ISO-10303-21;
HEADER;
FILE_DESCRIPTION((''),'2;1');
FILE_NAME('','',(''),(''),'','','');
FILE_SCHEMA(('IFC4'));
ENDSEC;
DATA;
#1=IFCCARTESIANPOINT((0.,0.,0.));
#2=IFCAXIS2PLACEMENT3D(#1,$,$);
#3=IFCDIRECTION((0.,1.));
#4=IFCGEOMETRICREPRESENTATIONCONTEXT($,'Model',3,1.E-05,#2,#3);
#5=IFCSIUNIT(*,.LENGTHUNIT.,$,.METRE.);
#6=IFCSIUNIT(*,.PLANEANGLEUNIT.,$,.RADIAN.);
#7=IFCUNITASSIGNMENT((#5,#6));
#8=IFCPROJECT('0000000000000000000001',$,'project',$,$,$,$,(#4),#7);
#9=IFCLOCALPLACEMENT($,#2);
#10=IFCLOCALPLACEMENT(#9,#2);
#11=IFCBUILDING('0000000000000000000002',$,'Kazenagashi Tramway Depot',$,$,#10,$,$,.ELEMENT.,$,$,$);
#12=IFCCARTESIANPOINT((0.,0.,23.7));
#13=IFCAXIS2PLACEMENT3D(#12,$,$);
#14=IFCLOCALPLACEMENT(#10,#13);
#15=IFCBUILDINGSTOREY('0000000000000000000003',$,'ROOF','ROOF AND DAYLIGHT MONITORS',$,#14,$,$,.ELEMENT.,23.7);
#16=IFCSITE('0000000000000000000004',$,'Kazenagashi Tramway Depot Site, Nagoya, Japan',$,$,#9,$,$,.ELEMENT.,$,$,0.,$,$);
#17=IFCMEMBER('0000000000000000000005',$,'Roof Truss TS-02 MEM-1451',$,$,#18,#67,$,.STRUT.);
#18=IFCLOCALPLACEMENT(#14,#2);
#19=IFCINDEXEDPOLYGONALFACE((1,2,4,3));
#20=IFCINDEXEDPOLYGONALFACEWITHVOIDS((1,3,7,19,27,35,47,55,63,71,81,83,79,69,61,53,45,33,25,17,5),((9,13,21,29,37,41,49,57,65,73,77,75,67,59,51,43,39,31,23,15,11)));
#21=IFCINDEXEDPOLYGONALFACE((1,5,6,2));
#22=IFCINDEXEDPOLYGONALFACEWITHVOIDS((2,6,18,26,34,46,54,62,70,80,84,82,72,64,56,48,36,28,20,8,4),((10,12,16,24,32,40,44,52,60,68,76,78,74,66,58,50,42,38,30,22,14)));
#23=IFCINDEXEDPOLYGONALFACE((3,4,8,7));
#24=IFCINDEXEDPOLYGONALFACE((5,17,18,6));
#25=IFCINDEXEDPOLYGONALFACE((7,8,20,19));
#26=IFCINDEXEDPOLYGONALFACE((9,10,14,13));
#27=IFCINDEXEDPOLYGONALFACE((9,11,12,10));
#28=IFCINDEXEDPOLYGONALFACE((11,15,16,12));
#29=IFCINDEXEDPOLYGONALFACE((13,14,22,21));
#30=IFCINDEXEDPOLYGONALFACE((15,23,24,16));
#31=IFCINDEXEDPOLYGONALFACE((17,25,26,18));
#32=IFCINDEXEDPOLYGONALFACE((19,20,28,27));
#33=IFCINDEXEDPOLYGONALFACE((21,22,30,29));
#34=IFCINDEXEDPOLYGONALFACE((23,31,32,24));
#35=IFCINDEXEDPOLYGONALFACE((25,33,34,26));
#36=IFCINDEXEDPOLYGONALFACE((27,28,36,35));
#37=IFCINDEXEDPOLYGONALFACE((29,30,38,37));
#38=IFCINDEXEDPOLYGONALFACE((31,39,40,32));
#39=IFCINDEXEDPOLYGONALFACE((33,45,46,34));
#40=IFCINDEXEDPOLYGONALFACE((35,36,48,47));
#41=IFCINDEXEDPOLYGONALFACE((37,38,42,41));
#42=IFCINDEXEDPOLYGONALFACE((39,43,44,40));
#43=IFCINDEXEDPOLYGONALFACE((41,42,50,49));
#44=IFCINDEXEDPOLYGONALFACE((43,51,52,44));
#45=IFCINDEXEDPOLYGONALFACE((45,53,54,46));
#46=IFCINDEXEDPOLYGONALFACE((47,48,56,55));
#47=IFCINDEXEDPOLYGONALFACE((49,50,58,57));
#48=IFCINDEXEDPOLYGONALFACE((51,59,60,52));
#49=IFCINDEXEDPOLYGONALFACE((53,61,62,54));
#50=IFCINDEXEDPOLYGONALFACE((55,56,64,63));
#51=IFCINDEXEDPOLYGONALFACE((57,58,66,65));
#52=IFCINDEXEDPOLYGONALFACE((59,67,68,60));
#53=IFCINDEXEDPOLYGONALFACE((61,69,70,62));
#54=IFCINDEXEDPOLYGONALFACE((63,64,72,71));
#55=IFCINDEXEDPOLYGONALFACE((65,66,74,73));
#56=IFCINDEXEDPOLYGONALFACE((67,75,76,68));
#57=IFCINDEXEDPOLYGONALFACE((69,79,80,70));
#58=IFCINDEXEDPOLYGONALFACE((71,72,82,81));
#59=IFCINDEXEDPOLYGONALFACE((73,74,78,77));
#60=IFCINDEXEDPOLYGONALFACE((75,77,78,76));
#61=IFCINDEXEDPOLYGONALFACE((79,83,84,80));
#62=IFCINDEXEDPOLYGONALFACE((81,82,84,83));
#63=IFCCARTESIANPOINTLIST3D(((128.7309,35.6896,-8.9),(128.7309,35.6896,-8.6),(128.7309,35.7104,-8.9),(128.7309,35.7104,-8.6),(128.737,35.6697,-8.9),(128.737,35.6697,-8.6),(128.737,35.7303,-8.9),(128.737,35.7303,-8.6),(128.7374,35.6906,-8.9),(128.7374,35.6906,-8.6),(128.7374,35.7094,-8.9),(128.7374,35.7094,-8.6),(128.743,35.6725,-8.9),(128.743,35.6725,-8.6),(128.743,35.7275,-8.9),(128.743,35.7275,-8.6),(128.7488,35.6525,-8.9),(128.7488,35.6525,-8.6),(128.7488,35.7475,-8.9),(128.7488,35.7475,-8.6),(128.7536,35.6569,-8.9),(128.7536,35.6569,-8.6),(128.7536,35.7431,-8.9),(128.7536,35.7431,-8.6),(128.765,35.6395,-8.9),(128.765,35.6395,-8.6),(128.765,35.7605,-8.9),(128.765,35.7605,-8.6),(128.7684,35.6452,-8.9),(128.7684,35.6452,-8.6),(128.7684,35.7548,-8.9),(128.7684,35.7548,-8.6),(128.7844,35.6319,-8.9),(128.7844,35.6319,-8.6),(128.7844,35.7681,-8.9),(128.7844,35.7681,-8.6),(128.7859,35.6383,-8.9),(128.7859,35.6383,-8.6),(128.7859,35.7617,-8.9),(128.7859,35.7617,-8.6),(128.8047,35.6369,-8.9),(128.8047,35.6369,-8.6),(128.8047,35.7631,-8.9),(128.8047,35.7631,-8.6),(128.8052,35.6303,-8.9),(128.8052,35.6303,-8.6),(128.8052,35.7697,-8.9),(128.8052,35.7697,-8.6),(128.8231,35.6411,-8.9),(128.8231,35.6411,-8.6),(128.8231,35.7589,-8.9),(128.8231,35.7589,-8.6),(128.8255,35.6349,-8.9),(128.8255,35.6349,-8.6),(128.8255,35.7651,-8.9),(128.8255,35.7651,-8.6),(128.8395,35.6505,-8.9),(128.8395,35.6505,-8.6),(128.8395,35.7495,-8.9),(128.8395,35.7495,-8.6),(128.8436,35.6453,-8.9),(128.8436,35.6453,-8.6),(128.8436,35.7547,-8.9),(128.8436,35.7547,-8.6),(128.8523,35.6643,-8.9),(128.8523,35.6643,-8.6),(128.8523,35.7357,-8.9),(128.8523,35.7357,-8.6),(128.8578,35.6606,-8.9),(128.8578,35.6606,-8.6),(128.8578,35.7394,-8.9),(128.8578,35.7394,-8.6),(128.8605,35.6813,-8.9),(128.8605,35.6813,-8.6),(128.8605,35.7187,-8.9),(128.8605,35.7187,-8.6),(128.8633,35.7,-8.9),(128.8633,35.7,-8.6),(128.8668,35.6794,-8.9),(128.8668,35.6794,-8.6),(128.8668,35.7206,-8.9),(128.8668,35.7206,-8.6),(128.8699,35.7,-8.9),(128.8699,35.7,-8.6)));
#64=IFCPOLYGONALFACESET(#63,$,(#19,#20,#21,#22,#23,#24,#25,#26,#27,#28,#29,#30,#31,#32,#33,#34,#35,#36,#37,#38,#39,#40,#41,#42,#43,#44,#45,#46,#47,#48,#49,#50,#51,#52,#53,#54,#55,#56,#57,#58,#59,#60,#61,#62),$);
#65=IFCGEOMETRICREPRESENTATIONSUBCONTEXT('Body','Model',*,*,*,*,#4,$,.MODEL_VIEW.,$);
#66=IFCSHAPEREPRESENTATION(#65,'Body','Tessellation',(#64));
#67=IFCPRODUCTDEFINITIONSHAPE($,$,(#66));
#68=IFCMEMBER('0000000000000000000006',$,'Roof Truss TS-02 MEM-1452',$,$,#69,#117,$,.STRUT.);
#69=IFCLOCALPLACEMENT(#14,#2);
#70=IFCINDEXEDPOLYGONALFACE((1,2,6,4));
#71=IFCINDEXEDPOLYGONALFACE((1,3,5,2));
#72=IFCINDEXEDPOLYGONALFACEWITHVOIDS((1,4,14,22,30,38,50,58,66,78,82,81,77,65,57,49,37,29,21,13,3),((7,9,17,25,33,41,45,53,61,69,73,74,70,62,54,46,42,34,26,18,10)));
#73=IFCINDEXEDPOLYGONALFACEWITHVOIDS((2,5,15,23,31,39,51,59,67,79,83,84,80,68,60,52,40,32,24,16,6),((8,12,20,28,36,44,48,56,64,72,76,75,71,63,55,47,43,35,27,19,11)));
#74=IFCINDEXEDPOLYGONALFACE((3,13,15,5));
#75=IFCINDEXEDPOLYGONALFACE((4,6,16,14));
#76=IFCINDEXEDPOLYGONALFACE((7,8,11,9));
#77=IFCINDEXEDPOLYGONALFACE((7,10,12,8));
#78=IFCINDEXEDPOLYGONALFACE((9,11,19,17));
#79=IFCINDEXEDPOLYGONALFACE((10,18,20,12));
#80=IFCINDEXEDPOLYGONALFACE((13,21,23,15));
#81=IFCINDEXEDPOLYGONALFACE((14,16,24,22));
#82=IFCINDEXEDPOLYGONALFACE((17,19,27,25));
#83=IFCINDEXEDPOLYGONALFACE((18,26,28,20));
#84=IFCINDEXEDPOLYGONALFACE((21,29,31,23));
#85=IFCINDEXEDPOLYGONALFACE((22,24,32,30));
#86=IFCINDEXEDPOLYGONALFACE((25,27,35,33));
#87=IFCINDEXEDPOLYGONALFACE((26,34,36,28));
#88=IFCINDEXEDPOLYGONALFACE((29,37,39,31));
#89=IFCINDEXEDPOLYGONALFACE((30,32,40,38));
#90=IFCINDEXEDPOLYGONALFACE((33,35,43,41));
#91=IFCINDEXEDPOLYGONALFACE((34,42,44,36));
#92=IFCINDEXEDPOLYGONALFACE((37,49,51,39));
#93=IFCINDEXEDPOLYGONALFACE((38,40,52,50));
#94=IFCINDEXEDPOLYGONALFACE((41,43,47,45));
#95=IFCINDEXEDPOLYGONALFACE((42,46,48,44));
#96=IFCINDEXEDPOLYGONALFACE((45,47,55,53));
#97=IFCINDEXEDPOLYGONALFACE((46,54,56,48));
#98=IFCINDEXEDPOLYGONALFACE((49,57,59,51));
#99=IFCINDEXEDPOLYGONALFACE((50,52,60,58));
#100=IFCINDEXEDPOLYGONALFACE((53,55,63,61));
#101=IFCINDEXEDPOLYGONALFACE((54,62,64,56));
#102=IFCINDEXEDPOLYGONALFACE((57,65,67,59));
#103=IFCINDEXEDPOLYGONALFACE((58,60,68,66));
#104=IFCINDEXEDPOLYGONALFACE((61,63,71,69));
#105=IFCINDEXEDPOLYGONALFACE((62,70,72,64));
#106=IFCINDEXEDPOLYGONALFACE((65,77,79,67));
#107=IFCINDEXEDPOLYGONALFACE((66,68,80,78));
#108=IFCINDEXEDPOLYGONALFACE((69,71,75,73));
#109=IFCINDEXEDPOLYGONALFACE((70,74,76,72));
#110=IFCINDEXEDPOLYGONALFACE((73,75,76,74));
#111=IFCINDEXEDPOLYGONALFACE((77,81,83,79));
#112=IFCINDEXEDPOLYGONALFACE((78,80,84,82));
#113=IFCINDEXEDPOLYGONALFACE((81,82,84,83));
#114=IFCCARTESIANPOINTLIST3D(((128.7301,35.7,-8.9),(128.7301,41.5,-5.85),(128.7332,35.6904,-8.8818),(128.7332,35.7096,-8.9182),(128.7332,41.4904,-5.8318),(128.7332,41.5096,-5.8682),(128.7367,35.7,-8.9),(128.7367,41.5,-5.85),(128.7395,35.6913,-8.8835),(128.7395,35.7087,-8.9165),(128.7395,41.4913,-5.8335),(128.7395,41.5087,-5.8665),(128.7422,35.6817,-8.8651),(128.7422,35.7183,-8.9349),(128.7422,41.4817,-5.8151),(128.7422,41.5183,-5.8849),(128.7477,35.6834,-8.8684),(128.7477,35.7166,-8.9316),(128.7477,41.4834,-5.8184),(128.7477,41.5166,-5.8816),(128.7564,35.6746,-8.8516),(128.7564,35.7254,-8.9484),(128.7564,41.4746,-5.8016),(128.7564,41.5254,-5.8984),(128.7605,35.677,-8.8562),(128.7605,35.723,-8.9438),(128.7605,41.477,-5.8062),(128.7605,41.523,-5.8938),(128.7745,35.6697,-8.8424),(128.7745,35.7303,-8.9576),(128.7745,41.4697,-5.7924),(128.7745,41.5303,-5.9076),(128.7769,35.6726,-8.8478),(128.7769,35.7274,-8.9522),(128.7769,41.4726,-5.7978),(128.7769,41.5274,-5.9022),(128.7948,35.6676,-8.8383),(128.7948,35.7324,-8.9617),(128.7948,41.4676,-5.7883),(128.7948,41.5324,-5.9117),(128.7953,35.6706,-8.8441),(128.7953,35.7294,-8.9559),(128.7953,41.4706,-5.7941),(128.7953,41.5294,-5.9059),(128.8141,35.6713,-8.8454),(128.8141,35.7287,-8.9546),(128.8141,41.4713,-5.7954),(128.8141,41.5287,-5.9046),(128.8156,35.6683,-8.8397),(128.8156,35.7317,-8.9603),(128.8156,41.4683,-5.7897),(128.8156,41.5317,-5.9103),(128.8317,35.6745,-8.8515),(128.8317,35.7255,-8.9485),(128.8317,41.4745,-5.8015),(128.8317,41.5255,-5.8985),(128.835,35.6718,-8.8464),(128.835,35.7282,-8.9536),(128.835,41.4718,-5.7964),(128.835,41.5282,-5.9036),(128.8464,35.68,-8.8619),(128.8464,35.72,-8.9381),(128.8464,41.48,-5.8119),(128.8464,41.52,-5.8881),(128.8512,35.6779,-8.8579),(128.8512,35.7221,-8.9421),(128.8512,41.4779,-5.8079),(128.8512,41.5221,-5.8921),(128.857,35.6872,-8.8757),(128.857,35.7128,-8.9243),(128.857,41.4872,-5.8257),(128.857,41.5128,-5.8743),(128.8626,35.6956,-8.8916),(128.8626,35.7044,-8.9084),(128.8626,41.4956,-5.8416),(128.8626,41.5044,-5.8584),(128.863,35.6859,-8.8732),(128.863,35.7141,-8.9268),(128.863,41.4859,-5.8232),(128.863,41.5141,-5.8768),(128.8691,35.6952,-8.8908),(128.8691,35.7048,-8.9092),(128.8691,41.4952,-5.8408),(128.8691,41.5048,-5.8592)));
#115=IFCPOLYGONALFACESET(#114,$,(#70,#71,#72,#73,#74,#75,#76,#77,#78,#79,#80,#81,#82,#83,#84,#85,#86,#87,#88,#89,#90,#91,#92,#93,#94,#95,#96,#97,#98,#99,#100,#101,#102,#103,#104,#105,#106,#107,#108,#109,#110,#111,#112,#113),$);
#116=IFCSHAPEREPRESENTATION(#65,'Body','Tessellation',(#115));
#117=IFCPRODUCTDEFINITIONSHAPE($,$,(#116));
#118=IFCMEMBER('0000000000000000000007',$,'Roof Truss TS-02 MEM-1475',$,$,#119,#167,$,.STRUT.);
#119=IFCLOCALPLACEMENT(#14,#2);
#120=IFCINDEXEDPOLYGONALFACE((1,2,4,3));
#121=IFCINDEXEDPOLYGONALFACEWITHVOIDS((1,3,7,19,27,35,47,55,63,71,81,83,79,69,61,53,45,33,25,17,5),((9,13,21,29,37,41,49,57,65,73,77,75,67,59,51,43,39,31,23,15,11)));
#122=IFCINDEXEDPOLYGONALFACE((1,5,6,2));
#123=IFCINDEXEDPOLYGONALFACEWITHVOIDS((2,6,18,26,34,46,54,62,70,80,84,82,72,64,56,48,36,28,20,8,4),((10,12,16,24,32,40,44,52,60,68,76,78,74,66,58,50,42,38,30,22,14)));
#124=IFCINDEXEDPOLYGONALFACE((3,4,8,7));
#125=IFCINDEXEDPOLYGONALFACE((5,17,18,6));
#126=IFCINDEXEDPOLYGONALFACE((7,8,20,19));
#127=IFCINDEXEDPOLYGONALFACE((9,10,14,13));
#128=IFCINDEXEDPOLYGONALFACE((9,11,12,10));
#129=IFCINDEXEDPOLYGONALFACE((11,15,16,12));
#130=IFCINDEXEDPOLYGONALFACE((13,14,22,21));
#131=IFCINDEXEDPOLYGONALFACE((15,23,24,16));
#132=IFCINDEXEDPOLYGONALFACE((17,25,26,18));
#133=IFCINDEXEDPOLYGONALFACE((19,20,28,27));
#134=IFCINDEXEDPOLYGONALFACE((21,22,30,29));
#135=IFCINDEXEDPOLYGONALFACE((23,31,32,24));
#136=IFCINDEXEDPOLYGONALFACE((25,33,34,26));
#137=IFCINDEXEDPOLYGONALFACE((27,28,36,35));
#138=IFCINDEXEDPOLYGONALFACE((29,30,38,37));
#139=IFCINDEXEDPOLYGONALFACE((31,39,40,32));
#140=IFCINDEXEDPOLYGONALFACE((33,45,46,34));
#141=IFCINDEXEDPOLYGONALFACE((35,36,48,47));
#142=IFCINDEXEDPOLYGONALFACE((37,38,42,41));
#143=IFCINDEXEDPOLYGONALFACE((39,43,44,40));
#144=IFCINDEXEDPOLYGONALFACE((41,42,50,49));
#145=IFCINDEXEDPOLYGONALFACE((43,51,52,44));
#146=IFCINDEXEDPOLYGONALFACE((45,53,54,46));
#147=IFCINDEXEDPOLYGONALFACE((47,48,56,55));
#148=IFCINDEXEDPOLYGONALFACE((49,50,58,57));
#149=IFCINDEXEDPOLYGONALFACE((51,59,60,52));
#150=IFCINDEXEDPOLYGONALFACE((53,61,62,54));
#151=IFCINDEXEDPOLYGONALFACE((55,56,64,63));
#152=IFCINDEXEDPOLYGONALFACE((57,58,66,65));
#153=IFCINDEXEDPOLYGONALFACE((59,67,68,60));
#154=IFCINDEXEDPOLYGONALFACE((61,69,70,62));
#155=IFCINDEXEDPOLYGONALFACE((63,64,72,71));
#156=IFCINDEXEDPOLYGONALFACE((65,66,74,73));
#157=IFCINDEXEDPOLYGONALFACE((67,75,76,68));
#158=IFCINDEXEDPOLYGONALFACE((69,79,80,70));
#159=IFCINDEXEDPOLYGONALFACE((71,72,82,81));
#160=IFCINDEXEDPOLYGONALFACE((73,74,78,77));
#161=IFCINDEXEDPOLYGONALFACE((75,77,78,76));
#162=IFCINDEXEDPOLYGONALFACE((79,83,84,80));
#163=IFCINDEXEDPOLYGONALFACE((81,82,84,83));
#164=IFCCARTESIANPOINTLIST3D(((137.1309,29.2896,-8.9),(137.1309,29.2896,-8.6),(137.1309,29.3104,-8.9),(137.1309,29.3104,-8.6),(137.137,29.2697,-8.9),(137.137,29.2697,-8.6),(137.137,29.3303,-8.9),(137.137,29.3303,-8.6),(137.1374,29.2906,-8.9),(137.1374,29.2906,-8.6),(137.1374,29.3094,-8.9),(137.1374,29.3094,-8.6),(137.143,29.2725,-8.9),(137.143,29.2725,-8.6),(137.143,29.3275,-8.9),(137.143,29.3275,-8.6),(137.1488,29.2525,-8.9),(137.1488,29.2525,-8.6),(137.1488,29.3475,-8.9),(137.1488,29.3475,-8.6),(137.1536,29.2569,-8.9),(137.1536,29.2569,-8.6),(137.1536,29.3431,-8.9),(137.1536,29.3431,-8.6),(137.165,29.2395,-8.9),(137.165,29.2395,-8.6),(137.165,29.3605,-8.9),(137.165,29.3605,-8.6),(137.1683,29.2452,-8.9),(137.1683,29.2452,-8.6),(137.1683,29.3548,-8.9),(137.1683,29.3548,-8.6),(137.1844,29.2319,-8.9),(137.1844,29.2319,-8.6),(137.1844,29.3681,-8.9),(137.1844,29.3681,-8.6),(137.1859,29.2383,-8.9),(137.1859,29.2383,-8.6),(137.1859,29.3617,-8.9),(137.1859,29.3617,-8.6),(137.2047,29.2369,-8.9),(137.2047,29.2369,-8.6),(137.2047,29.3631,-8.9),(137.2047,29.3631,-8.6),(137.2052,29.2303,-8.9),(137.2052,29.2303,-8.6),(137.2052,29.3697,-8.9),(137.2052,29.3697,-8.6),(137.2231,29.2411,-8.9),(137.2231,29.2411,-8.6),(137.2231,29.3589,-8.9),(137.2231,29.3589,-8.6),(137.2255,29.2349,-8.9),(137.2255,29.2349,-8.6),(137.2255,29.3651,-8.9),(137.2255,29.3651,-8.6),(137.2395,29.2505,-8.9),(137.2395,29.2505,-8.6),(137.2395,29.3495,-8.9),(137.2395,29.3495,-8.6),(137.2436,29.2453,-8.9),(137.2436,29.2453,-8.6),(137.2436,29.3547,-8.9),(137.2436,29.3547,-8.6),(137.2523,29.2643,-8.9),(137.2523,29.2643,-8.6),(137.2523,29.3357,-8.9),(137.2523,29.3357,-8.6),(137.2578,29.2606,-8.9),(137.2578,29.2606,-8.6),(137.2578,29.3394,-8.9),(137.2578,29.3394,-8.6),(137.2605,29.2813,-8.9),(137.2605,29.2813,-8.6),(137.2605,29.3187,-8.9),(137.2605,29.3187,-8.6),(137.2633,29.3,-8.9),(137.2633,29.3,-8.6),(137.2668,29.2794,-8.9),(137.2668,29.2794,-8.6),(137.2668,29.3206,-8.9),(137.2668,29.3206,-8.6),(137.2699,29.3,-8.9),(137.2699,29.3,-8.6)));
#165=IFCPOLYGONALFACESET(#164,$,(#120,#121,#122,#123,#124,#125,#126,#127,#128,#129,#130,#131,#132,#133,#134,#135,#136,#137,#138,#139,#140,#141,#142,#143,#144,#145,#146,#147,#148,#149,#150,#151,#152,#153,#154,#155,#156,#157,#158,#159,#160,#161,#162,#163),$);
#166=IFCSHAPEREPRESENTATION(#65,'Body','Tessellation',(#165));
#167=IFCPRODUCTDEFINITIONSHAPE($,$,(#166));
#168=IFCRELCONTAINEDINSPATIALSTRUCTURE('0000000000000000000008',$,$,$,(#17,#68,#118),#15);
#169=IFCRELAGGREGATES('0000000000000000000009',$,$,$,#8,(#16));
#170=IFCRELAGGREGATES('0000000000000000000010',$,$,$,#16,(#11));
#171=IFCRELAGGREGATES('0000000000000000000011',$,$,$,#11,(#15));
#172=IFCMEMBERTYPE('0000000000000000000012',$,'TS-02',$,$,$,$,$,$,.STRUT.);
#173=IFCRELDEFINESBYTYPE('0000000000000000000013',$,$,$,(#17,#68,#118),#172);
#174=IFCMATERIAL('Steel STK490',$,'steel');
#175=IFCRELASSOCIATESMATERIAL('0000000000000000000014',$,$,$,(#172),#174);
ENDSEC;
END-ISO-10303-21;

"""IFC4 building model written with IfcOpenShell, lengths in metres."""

from ifc_helpers import new_model, si_unit, direction, frame, origin, origin_2d, place, context, subcontext, project, spatial, hollow_circle, extrude, material, material_profile, profile_set, type_object, element, save


model = new_model("IFC4")

# Units and contexts
model_context = context("Model", 3, precision=1e-05, world=origin(), true_north=direction((0.0, 1.0)))
body_context = subcontext(model_context, "Body", "Model", "MODEL_VIEW")
ifc_project = project(units=[si_unit("LENGTHUNIT", "METRE"), si_unit("PLANEANGLEUNIT", "RADIAN")], contexts=[model_context])

# Site, building, storey
site_placement = place(None, origin())
site = spatial("IfcSite", under=ifc_project, at=site_placement, Name="Kazenagashi Tramway Depot Site, Nagoya, Japan", CompositionType="ELEMENT", RefElevation=0.0)
building_placement = place(site_placement, origin())
building = spatial("IfcBuilding", under=site, at=building_placement, Name="Kazenagashi Tramway Depot", CompositionType="ELEMENT")
storey_placement = place(building_placement, frame((0.0, 0.0, 23.7)))
storey = spatial("IfcBuildingStorey", under=building, at=storey_placement, Name="ROOF", Description="ROOF AND DAYLIGHT MONITORS", CompositionType="ELEMENT", Elevation=23.7)

# Members
ifc_material_1 = material(Name="Steel STK490", Category="steel")
ifc_material_profile_1 = material_profile(ifc_material_1, hollow_circle(Radius=0.0699, WallThickness=0.0066, at=origin_2d()), Name="CHS-139.8x6.6")
ifc_profile_set_1 = profile_set([ifc_material_profile_1], Name="Steel STK490")
member_type_1 = type_object("IfcMemberType", Name="TS-02", PredefinedType="STRUT", material=ifc_profile_set_1)
member_1_placement = place(storey_placement, frame((128.8, 35.7, -8.9), z_axis=(0.0, 0.0, 1.0), x_axis=(1.0, 0.0, 0.0)))
element("IfcMember", 1, at=member_1_placement, inside=storey, type_object=member_type_1, Name="Roof Truss TS-02 MEM-1451", PredefinedType="STRUT", context=body_context, shape_type="SweptSolid", body=[
    extrude(hollow_circle(Radius=0.0699, WallThickness=0.0066, at=origin_2d()), origin(), (0.0, 0.0, 1.0), 0.3),
])
member_2_placement = place(storey_placement, frame((128.8, 35.7, -8.9), z_axis=(0.0, 0.885084, 0.465432), x_axis=(-1.0, 0.0, 0.0)))
element("IfcMember", 2, at=member_2_placement, inside=storey, type_object=member_type_1, Name="Roof Truss TS-02 MEM-1452", PredefinedType="STRUT", context=body_context, shape_type="SweptSolid", body=[
    extrude(hollow_circle(Radius=0.0699, WallThickness=0.0066, at=origin_2d()), origin(), (0.0, 0.0, 1.0), 6.5531),
])
member_3_placement = place(storey_placement, frame((137.2, 29.3, -8.9), z_axis=(0.0, 0.0, 1.0), x_axis=(1.0, 0.0, 0.0)))
element("IfcMember", 3, at=member_3_placement, inside=storey, type_object=member_type_1, Name="Roof Truss TS-02 MEM-1475", PredefinedType="STRUT", context=body_context, shape_type="SweptSolid", body=[
    extrude(hollow_circle(Radius=0.0699, WallThickness=0.0066, at=origin_2d()), origin(), (0.0, 0.0, 1.0), 0.3),
])

save(model, "model.ifc")
